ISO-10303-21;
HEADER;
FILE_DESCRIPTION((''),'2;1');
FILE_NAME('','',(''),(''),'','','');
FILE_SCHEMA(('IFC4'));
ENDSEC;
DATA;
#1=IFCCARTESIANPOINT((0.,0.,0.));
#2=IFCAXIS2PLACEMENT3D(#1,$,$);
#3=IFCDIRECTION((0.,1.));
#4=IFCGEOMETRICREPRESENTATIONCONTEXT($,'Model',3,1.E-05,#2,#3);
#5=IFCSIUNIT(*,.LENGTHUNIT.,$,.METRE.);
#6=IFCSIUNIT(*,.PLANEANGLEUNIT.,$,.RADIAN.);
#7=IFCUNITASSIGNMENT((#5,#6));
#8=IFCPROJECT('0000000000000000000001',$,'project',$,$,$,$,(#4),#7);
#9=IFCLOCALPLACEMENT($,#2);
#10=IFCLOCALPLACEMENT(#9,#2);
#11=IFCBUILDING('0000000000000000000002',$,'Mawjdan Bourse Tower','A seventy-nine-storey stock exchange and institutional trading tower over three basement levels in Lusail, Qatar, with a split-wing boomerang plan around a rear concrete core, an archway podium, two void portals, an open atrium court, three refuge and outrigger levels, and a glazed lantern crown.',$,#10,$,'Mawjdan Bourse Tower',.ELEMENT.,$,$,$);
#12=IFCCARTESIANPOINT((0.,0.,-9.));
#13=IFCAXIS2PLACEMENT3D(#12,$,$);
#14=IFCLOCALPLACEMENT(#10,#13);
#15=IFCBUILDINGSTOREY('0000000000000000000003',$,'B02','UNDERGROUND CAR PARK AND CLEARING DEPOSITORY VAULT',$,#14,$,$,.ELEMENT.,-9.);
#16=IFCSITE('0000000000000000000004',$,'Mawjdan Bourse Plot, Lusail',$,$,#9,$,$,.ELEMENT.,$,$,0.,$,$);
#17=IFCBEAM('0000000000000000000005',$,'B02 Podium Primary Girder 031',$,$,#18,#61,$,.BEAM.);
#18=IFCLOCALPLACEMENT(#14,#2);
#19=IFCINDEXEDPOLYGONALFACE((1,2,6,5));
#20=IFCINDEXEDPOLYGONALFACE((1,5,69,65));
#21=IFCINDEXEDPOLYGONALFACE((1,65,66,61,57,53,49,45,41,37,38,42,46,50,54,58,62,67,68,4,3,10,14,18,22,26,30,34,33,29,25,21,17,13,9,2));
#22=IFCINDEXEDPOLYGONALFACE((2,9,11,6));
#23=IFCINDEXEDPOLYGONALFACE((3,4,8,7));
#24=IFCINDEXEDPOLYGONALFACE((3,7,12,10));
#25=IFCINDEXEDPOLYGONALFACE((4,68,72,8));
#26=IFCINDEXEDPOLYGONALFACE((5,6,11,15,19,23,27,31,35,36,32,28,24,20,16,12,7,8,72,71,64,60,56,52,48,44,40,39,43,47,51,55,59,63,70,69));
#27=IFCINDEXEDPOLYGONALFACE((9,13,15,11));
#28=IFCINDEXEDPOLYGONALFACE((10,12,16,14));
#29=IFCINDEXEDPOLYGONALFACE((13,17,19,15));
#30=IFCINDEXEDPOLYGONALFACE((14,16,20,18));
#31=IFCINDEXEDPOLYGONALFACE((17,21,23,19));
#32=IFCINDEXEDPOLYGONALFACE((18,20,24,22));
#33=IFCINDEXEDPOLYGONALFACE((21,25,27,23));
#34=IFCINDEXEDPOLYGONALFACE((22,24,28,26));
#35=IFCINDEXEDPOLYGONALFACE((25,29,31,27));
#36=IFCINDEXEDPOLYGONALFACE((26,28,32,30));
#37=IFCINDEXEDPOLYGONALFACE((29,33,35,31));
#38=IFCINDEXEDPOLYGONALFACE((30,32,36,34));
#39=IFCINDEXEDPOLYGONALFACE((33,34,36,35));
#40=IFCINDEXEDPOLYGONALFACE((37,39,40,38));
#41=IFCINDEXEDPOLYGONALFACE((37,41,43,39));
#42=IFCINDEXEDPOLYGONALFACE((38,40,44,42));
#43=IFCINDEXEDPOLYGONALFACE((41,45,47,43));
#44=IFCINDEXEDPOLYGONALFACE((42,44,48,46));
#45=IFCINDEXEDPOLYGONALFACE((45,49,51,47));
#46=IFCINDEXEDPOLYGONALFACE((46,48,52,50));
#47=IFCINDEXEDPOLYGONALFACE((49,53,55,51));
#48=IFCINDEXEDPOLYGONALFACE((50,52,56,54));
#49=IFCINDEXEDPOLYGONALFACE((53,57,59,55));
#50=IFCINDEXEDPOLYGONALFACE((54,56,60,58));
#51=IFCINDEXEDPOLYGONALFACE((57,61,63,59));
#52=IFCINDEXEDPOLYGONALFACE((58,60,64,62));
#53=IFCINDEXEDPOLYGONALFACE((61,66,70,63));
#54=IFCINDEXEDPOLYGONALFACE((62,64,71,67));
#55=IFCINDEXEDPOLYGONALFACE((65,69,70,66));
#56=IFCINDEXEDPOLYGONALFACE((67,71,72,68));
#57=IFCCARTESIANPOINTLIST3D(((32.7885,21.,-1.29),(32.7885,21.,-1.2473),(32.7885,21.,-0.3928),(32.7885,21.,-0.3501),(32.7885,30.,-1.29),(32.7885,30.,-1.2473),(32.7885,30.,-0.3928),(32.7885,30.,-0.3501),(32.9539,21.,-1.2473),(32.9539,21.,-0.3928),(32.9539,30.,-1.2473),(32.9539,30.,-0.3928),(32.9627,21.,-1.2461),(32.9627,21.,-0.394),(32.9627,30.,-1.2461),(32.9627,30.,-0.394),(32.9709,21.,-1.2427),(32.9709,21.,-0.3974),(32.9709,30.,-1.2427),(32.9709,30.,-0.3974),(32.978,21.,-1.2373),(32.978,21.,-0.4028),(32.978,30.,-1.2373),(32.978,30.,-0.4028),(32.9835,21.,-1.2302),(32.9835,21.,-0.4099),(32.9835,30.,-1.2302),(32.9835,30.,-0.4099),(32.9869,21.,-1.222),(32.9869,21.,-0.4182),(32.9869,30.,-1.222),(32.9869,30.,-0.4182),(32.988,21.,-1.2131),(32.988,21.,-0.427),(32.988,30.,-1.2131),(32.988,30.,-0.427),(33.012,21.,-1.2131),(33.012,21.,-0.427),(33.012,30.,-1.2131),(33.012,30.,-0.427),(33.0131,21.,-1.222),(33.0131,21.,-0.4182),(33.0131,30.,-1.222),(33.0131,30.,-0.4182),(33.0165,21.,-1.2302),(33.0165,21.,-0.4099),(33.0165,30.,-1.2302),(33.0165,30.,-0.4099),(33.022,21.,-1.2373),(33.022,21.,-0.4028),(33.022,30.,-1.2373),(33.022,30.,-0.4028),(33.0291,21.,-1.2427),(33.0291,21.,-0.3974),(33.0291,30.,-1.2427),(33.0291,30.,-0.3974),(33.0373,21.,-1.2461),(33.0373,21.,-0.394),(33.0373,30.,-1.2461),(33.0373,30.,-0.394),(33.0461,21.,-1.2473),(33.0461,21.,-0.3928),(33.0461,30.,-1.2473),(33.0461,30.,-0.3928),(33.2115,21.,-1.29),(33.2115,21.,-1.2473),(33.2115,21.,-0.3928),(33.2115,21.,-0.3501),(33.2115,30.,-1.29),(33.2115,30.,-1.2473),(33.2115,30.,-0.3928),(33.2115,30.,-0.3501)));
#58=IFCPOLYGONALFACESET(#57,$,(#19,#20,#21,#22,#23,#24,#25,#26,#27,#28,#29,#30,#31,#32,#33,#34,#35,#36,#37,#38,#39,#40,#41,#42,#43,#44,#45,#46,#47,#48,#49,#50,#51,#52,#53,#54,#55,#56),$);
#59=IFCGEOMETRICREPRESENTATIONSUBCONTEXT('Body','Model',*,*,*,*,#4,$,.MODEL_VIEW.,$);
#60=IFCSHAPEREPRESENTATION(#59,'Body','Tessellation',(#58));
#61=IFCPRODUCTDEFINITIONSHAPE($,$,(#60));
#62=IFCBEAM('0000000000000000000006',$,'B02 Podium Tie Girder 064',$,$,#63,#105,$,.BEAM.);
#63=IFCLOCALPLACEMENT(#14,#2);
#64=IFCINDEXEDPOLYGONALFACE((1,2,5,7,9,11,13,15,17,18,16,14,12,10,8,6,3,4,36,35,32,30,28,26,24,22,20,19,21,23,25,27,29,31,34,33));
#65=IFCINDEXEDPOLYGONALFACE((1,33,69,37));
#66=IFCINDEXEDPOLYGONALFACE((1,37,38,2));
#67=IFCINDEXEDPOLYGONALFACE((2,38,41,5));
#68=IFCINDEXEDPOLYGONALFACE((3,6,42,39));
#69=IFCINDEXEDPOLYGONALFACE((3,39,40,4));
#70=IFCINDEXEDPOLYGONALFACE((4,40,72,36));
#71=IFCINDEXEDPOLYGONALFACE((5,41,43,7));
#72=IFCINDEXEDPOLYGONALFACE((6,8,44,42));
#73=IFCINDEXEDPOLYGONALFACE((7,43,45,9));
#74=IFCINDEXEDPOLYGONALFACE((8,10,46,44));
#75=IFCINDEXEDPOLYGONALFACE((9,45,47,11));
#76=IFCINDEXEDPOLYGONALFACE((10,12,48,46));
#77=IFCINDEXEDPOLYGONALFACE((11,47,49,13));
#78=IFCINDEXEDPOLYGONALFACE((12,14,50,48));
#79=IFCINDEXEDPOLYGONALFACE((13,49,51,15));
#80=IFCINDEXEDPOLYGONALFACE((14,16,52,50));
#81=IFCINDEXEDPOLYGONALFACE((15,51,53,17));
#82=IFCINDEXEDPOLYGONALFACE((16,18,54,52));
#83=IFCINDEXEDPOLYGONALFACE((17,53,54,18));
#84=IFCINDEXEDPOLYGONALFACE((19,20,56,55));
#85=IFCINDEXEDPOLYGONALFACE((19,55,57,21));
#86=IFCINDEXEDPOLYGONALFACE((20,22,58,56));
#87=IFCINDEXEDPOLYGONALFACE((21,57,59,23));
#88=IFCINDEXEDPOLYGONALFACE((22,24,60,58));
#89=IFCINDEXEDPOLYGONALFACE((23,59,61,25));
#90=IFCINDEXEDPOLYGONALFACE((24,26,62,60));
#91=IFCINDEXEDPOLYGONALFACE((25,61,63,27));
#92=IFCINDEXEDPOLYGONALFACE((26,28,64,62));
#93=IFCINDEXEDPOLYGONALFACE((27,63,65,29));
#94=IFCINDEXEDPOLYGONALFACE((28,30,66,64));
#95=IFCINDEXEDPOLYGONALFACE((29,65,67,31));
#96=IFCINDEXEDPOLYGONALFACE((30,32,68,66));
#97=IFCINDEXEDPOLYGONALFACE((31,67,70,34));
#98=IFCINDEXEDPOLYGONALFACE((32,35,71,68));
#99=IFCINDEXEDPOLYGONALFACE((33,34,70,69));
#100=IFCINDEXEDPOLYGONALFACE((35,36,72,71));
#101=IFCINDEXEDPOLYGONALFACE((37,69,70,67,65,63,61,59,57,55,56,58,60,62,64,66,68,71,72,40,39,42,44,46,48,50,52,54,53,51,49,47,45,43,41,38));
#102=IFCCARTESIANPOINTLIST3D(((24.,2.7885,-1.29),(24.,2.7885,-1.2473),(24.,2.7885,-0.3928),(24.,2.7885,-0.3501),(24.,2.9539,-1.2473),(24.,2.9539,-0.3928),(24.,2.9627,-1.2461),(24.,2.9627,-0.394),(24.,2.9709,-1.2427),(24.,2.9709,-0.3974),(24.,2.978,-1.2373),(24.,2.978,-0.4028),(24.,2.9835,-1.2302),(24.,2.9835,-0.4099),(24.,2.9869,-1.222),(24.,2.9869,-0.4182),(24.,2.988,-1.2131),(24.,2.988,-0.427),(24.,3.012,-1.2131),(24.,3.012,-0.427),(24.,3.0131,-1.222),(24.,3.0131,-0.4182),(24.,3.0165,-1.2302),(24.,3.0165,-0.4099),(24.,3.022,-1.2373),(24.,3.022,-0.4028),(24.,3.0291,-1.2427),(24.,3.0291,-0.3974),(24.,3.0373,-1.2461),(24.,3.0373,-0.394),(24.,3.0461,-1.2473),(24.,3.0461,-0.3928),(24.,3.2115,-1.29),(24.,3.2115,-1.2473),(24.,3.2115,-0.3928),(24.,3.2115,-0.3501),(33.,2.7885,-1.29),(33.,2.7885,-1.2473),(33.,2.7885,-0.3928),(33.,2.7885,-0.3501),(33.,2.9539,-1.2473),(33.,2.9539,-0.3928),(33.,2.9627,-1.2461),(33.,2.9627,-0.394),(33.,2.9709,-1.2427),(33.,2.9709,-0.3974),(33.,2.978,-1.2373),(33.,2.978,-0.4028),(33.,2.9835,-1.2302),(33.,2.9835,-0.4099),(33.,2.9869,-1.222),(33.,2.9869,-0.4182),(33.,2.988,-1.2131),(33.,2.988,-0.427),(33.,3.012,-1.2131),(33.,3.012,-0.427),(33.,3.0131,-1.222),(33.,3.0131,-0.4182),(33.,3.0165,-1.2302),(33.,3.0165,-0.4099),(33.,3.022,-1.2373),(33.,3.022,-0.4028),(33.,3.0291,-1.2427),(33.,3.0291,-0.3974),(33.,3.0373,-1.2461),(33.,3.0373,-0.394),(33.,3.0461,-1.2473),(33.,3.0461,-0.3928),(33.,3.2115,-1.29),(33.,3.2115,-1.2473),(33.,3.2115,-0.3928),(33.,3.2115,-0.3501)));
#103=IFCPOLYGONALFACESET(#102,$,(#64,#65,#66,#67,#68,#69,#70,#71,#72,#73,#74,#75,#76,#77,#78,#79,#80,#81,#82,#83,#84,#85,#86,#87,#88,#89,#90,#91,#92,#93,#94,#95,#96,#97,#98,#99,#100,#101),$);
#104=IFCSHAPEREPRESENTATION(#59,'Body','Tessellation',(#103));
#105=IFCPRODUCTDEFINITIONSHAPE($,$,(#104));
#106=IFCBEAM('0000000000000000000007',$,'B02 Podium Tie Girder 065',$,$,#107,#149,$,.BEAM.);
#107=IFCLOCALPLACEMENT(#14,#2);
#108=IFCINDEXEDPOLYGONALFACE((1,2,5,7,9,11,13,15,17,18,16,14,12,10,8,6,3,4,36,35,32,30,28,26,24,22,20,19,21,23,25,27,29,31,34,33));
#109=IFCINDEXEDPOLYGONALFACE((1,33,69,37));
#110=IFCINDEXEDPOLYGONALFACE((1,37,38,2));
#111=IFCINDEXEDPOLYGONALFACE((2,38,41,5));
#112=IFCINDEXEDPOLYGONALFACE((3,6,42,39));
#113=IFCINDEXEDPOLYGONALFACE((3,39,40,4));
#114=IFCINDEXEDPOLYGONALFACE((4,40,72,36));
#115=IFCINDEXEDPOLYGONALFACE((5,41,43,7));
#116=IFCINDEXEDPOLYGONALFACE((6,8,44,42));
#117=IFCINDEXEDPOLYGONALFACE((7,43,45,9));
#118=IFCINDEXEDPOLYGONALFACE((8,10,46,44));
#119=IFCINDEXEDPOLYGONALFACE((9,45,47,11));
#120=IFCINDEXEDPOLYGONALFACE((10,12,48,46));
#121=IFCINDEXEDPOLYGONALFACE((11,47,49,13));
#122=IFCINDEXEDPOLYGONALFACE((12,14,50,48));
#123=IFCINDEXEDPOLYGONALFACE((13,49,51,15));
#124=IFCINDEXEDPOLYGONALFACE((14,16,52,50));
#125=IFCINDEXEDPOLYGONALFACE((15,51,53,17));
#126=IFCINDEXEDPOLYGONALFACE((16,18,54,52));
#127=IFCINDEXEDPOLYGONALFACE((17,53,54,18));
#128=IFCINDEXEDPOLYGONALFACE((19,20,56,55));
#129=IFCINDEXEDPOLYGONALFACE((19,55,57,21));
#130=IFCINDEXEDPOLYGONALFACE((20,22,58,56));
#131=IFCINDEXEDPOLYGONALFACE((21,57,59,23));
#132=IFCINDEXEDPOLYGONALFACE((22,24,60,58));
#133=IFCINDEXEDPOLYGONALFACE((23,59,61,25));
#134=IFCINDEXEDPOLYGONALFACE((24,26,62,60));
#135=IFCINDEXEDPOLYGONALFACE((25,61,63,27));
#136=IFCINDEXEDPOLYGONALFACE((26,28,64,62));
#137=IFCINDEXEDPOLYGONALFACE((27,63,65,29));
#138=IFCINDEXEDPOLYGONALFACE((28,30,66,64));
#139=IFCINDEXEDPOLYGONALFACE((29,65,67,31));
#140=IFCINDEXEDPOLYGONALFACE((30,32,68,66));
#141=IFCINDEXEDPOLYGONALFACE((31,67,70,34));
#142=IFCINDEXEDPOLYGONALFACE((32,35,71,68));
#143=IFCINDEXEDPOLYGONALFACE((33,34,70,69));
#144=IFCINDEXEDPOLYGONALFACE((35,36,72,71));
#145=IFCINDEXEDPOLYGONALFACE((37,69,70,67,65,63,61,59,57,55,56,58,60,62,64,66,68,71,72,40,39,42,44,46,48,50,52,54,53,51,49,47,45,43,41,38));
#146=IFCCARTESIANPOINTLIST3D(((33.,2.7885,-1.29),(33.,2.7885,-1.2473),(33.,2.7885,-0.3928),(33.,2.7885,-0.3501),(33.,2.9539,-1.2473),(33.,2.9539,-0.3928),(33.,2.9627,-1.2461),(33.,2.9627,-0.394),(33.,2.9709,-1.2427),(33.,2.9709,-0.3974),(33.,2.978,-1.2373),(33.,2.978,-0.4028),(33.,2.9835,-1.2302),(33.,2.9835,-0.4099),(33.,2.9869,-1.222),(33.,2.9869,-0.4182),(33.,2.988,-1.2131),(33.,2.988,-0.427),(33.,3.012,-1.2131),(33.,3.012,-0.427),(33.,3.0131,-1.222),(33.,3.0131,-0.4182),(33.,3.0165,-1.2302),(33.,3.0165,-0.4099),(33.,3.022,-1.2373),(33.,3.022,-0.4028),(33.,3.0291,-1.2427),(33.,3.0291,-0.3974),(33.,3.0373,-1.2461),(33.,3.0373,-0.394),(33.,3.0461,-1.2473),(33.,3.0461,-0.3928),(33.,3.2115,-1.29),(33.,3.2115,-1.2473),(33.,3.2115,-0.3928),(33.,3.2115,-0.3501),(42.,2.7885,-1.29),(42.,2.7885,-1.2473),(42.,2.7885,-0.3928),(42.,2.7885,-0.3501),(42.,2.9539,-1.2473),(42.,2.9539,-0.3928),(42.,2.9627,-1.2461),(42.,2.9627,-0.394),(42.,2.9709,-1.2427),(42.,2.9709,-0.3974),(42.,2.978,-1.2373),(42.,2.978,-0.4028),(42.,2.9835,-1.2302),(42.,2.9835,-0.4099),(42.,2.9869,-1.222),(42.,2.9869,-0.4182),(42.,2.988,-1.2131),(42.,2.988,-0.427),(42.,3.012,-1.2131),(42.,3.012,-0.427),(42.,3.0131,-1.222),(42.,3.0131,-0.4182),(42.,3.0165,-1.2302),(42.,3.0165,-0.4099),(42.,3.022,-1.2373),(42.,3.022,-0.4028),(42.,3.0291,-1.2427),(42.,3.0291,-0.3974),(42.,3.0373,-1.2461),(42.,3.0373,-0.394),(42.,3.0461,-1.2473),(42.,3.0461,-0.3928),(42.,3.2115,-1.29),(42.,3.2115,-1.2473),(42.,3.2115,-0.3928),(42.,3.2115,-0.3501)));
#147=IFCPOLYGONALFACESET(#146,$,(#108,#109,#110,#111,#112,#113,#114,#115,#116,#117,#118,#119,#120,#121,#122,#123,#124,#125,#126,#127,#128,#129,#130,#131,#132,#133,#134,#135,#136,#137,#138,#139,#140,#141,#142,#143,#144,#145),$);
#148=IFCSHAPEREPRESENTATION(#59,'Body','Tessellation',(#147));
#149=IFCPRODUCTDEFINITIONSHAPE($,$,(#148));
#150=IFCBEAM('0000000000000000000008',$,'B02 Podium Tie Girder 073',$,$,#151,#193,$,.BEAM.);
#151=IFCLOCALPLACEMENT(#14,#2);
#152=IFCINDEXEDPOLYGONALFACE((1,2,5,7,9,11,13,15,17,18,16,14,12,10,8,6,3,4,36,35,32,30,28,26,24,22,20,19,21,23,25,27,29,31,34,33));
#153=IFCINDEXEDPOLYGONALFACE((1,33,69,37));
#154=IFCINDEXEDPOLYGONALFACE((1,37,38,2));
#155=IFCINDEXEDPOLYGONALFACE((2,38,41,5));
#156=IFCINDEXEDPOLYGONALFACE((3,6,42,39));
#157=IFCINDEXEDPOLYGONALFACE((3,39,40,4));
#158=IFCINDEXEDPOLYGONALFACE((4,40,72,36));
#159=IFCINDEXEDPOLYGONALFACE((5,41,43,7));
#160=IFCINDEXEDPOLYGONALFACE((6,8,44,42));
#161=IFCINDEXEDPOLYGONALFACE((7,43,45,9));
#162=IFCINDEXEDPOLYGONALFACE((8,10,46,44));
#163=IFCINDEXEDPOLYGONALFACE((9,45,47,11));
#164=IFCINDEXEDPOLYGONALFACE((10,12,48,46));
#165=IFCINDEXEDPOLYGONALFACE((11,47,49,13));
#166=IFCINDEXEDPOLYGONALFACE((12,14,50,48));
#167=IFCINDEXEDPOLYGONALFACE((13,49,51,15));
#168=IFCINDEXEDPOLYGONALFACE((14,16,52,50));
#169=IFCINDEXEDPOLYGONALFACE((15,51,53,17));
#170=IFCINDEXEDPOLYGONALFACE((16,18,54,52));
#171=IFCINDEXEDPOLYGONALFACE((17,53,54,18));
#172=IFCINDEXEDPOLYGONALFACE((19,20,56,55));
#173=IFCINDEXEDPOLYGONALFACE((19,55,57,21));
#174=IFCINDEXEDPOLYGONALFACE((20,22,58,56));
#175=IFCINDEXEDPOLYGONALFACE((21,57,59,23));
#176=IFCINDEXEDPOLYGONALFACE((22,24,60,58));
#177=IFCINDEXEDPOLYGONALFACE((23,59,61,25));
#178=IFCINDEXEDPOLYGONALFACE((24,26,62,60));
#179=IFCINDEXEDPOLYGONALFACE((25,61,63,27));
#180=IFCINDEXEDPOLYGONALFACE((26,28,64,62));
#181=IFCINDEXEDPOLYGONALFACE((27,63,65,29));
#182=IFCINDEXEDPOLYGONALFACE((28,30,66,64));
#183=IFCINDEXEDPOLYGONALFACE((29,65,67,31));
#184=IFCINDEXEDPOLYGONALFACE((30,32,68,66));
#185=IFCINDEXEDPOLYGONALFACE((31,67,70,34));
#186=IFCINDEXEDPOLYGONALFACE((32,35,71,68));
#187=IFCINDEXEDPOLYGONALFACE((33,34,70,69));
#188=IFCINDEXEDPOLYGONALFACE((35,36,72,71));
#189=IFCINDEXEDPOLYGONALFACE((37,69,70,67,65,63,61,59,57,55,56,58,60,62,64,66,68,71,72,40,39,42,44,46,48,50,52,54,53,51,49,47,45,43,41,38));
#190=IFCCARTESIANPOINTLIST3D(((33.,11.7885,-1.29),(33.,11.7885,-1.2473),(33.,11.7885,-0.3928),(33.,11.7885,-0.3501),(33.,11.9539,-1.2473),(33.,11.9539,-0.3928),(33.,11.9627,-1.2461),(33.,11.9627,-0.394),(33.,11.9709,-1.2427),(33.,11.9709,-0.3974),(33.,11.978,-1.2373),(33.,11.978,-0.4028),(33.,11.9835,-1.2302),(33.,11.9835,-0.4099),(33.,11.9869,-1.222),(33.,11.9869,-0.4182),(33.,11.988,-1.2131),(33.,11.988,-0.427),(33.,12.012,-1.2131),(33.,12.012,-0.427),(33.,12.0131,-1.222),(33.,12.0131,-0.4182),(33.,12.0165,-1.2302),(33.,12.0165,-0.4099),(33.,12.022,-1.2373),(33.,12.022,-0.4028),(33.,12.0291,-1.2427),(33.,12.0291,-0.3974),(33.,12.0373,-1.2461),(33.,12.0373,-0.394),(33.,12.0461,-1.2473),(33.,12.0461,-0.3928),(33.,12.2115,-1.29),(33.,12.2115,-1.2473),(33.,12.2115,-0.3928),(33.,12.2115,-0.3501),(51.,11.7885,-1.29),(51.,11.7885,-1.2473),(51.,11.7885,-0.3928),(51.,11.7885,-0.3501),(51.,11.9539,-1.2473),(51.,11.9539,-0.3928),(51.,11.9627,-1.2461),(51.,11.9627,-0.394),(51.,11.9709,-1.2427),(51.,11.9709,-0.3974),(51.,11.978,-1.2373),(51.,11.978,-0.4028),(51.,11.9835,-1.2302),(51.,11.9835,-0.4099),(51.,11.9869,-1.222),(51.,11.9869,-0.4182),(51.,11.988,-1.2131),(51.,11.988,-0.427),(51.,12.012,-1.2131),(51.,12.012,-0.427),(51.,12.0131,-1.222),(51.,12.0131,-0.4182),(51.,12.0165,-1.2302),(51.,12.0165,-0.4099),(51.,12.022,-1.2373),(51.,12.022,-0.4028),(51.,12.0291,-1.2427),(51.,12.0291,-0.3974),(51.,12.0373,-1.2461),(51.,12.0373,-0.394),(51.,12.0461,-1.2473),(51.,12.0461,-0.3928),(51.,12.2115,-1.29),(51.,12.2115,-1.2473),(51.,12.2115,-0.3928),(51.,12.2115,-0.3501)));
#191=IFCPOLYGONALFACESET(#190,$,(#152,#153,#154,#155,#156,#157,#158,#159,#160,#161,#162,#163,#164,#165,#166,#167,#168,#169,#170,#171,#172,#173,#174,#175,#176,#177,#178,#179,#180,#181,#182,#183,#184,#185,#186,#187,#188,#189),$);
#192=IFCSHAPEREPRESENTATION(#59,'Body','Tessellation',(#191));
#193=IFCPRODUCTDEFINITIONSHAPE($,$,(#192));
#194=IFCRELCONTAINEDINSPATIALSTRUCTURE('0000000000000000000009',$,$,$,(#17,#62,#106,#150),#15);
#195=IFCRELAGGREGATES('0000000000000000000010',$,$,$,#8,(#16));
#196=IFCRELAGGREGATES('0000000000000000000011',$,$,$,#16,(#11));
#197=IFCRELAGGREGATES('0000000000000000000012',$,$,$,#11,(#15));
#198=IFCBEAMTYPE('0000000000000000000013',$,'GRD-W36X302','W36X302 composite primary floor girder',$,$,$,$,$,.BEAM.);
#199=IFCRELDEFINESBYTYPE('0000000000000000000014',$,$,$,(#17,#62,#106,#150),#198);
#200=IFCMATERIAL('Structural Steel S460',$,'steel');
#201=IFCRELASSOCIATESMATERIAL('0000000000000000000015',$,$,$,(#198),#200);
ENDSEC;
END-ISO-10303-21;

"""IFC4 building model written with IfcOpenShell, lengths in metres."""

from ifc_helpers import new_model, si_unit, direction, frame, origin, origin_2d, place, context, subcontext, project, spatial, i_section, extrude, material, material_profile, profile_set, type_object, element, save


model = new_model("IFC4")

# Units and contexts
model_context = context("Model", 3, precision=1e-05, world=origin(), true_north=direction((0.0, 1.0)))
body_context = subcontext(model_context, "Body", "Model", "MODEL_VIEW")
ifc_project = project(units=[si_unit("LENGTHUNIT", "METRE"), si_unit("PLANEANGLEUNIT", "RADIAN")], contexts=[model_context])

# Site, building, storey
site_placement = place(None, origin())
site = spatial("IfcSite", under=ifc_project, at=site_placement, Name="Mawjdan Bourse Plot, Lusail", CompositionType="ELEMENT", RefElevation=0.0)
building_placement = place(site_placement, origin())
building = spatial("IfcBuilding", under=site, at=building_placement, Name="Mawjdan Bourse Tower", Description="A seventy-nine-storey stock exchange and institutional trading tower over three basement levels in Lusail, Qatar, with a split-wing boomerang plan around a rear concrete core, an archway podium, two void portals, an open atrium court, three refuge and outrigger levels, and a glazed lantern crown.", LongName="Mawjdan Bourse Tower", CompositionType="ELEMENT")
storey_placement = place(building_placement, frame((0.0, 0.0, -9.0)))
storey = spatial("IfcBuildingStorey", under=building, at=storey_placement, Name="B02", Description="UNDERGROUND CAR PARK AND CLEARING DEPOSITORY VAULT", CompositionType="ELEMENT", Elevation=-9.0)

# Beams
ifc_material_1 = material(Name="Structural Steel S460", Category="steel")
ifc_material_profile_1 = material_profile(ifc_material_1, i_section(OverallWidth=0.4231, OverallDepth=0.9399, WebThickness=0.0239, FlangeThickness=0.0427, FilletRadius=0.0342, at=origin_2d()), Name="W36X302")
ifc_profile_set_1 = profile_set([ifc_material_profile_1], Name="Structural Steel S460")
beam_type_1 = type_object("IfcBeamType", Name="GRD-W36X302", Description="W36X302 composite primary floor girder", PredefinedType="BEAM", material=ifc_profile_set_1)
for number, where, z_axis, x_axis, name in (
    (1, (33.0, 21.0, -0.8201), (0.0, 1.0, 0.0), (-1.0, 0.0, 0.0), "B02 Podium Primary Girder 031"),
    (2, (24.0, 3.0, -0.8201), (1.0, 0.0, 0.0), (0.0, 1.0, 0.0), "B02 Podium Tie Girder 064"),
    (3, (33.0, 3.0, -0.8201), (1.0, 0.0, 0.0), (0.0, 1.0, 0.0), "B02 Podium Tie Girder 065"),
):
    element("IfcBeam", number, at=place(storey_placement, frame(where, z_axis=z_axis, x_axis=x_axis)), inside=storey, type_object=beam_type_1, Name=name, PredefinedType="BEAM", context=body_context, shape_type="SweptSolid", body=[
        extrude(i_section(OverallWidth=0.4231, OverallDepth=0.9399, WebThickness=0.0239, FlangeThickness=0.0427, FilletRadius=0.0342, at=origin_2d()), origin(), (0.0, 0.0, 1.0), 9.0),
    ])
beam_1_placement = place(storey_placement, frame((33.0, 12.0, -0.8201), z_axis=(1.0, 0.0, 0.0), x_axis=(0.0, 1.0, 0.0)))
element("IfcBeam", 4, at=beam_1_placement, inside=storey, type_object=beam_type_1, Name="B02 Podium Tie Girder 073", PredefinedType="BEAM", context=body_context, shape_type="SweptSolid", body=[
    extrude(i_section(OverallWidth=0.4231, OverallDepth=0.9399, WebThickness=0.0239, FlangeThickness=0.0427, FilletRadius=0.0342, at=origin_2d()), origin(), (0.0, 0.0, 1.0), 18.0),
])

save(model, "model.ifc")
